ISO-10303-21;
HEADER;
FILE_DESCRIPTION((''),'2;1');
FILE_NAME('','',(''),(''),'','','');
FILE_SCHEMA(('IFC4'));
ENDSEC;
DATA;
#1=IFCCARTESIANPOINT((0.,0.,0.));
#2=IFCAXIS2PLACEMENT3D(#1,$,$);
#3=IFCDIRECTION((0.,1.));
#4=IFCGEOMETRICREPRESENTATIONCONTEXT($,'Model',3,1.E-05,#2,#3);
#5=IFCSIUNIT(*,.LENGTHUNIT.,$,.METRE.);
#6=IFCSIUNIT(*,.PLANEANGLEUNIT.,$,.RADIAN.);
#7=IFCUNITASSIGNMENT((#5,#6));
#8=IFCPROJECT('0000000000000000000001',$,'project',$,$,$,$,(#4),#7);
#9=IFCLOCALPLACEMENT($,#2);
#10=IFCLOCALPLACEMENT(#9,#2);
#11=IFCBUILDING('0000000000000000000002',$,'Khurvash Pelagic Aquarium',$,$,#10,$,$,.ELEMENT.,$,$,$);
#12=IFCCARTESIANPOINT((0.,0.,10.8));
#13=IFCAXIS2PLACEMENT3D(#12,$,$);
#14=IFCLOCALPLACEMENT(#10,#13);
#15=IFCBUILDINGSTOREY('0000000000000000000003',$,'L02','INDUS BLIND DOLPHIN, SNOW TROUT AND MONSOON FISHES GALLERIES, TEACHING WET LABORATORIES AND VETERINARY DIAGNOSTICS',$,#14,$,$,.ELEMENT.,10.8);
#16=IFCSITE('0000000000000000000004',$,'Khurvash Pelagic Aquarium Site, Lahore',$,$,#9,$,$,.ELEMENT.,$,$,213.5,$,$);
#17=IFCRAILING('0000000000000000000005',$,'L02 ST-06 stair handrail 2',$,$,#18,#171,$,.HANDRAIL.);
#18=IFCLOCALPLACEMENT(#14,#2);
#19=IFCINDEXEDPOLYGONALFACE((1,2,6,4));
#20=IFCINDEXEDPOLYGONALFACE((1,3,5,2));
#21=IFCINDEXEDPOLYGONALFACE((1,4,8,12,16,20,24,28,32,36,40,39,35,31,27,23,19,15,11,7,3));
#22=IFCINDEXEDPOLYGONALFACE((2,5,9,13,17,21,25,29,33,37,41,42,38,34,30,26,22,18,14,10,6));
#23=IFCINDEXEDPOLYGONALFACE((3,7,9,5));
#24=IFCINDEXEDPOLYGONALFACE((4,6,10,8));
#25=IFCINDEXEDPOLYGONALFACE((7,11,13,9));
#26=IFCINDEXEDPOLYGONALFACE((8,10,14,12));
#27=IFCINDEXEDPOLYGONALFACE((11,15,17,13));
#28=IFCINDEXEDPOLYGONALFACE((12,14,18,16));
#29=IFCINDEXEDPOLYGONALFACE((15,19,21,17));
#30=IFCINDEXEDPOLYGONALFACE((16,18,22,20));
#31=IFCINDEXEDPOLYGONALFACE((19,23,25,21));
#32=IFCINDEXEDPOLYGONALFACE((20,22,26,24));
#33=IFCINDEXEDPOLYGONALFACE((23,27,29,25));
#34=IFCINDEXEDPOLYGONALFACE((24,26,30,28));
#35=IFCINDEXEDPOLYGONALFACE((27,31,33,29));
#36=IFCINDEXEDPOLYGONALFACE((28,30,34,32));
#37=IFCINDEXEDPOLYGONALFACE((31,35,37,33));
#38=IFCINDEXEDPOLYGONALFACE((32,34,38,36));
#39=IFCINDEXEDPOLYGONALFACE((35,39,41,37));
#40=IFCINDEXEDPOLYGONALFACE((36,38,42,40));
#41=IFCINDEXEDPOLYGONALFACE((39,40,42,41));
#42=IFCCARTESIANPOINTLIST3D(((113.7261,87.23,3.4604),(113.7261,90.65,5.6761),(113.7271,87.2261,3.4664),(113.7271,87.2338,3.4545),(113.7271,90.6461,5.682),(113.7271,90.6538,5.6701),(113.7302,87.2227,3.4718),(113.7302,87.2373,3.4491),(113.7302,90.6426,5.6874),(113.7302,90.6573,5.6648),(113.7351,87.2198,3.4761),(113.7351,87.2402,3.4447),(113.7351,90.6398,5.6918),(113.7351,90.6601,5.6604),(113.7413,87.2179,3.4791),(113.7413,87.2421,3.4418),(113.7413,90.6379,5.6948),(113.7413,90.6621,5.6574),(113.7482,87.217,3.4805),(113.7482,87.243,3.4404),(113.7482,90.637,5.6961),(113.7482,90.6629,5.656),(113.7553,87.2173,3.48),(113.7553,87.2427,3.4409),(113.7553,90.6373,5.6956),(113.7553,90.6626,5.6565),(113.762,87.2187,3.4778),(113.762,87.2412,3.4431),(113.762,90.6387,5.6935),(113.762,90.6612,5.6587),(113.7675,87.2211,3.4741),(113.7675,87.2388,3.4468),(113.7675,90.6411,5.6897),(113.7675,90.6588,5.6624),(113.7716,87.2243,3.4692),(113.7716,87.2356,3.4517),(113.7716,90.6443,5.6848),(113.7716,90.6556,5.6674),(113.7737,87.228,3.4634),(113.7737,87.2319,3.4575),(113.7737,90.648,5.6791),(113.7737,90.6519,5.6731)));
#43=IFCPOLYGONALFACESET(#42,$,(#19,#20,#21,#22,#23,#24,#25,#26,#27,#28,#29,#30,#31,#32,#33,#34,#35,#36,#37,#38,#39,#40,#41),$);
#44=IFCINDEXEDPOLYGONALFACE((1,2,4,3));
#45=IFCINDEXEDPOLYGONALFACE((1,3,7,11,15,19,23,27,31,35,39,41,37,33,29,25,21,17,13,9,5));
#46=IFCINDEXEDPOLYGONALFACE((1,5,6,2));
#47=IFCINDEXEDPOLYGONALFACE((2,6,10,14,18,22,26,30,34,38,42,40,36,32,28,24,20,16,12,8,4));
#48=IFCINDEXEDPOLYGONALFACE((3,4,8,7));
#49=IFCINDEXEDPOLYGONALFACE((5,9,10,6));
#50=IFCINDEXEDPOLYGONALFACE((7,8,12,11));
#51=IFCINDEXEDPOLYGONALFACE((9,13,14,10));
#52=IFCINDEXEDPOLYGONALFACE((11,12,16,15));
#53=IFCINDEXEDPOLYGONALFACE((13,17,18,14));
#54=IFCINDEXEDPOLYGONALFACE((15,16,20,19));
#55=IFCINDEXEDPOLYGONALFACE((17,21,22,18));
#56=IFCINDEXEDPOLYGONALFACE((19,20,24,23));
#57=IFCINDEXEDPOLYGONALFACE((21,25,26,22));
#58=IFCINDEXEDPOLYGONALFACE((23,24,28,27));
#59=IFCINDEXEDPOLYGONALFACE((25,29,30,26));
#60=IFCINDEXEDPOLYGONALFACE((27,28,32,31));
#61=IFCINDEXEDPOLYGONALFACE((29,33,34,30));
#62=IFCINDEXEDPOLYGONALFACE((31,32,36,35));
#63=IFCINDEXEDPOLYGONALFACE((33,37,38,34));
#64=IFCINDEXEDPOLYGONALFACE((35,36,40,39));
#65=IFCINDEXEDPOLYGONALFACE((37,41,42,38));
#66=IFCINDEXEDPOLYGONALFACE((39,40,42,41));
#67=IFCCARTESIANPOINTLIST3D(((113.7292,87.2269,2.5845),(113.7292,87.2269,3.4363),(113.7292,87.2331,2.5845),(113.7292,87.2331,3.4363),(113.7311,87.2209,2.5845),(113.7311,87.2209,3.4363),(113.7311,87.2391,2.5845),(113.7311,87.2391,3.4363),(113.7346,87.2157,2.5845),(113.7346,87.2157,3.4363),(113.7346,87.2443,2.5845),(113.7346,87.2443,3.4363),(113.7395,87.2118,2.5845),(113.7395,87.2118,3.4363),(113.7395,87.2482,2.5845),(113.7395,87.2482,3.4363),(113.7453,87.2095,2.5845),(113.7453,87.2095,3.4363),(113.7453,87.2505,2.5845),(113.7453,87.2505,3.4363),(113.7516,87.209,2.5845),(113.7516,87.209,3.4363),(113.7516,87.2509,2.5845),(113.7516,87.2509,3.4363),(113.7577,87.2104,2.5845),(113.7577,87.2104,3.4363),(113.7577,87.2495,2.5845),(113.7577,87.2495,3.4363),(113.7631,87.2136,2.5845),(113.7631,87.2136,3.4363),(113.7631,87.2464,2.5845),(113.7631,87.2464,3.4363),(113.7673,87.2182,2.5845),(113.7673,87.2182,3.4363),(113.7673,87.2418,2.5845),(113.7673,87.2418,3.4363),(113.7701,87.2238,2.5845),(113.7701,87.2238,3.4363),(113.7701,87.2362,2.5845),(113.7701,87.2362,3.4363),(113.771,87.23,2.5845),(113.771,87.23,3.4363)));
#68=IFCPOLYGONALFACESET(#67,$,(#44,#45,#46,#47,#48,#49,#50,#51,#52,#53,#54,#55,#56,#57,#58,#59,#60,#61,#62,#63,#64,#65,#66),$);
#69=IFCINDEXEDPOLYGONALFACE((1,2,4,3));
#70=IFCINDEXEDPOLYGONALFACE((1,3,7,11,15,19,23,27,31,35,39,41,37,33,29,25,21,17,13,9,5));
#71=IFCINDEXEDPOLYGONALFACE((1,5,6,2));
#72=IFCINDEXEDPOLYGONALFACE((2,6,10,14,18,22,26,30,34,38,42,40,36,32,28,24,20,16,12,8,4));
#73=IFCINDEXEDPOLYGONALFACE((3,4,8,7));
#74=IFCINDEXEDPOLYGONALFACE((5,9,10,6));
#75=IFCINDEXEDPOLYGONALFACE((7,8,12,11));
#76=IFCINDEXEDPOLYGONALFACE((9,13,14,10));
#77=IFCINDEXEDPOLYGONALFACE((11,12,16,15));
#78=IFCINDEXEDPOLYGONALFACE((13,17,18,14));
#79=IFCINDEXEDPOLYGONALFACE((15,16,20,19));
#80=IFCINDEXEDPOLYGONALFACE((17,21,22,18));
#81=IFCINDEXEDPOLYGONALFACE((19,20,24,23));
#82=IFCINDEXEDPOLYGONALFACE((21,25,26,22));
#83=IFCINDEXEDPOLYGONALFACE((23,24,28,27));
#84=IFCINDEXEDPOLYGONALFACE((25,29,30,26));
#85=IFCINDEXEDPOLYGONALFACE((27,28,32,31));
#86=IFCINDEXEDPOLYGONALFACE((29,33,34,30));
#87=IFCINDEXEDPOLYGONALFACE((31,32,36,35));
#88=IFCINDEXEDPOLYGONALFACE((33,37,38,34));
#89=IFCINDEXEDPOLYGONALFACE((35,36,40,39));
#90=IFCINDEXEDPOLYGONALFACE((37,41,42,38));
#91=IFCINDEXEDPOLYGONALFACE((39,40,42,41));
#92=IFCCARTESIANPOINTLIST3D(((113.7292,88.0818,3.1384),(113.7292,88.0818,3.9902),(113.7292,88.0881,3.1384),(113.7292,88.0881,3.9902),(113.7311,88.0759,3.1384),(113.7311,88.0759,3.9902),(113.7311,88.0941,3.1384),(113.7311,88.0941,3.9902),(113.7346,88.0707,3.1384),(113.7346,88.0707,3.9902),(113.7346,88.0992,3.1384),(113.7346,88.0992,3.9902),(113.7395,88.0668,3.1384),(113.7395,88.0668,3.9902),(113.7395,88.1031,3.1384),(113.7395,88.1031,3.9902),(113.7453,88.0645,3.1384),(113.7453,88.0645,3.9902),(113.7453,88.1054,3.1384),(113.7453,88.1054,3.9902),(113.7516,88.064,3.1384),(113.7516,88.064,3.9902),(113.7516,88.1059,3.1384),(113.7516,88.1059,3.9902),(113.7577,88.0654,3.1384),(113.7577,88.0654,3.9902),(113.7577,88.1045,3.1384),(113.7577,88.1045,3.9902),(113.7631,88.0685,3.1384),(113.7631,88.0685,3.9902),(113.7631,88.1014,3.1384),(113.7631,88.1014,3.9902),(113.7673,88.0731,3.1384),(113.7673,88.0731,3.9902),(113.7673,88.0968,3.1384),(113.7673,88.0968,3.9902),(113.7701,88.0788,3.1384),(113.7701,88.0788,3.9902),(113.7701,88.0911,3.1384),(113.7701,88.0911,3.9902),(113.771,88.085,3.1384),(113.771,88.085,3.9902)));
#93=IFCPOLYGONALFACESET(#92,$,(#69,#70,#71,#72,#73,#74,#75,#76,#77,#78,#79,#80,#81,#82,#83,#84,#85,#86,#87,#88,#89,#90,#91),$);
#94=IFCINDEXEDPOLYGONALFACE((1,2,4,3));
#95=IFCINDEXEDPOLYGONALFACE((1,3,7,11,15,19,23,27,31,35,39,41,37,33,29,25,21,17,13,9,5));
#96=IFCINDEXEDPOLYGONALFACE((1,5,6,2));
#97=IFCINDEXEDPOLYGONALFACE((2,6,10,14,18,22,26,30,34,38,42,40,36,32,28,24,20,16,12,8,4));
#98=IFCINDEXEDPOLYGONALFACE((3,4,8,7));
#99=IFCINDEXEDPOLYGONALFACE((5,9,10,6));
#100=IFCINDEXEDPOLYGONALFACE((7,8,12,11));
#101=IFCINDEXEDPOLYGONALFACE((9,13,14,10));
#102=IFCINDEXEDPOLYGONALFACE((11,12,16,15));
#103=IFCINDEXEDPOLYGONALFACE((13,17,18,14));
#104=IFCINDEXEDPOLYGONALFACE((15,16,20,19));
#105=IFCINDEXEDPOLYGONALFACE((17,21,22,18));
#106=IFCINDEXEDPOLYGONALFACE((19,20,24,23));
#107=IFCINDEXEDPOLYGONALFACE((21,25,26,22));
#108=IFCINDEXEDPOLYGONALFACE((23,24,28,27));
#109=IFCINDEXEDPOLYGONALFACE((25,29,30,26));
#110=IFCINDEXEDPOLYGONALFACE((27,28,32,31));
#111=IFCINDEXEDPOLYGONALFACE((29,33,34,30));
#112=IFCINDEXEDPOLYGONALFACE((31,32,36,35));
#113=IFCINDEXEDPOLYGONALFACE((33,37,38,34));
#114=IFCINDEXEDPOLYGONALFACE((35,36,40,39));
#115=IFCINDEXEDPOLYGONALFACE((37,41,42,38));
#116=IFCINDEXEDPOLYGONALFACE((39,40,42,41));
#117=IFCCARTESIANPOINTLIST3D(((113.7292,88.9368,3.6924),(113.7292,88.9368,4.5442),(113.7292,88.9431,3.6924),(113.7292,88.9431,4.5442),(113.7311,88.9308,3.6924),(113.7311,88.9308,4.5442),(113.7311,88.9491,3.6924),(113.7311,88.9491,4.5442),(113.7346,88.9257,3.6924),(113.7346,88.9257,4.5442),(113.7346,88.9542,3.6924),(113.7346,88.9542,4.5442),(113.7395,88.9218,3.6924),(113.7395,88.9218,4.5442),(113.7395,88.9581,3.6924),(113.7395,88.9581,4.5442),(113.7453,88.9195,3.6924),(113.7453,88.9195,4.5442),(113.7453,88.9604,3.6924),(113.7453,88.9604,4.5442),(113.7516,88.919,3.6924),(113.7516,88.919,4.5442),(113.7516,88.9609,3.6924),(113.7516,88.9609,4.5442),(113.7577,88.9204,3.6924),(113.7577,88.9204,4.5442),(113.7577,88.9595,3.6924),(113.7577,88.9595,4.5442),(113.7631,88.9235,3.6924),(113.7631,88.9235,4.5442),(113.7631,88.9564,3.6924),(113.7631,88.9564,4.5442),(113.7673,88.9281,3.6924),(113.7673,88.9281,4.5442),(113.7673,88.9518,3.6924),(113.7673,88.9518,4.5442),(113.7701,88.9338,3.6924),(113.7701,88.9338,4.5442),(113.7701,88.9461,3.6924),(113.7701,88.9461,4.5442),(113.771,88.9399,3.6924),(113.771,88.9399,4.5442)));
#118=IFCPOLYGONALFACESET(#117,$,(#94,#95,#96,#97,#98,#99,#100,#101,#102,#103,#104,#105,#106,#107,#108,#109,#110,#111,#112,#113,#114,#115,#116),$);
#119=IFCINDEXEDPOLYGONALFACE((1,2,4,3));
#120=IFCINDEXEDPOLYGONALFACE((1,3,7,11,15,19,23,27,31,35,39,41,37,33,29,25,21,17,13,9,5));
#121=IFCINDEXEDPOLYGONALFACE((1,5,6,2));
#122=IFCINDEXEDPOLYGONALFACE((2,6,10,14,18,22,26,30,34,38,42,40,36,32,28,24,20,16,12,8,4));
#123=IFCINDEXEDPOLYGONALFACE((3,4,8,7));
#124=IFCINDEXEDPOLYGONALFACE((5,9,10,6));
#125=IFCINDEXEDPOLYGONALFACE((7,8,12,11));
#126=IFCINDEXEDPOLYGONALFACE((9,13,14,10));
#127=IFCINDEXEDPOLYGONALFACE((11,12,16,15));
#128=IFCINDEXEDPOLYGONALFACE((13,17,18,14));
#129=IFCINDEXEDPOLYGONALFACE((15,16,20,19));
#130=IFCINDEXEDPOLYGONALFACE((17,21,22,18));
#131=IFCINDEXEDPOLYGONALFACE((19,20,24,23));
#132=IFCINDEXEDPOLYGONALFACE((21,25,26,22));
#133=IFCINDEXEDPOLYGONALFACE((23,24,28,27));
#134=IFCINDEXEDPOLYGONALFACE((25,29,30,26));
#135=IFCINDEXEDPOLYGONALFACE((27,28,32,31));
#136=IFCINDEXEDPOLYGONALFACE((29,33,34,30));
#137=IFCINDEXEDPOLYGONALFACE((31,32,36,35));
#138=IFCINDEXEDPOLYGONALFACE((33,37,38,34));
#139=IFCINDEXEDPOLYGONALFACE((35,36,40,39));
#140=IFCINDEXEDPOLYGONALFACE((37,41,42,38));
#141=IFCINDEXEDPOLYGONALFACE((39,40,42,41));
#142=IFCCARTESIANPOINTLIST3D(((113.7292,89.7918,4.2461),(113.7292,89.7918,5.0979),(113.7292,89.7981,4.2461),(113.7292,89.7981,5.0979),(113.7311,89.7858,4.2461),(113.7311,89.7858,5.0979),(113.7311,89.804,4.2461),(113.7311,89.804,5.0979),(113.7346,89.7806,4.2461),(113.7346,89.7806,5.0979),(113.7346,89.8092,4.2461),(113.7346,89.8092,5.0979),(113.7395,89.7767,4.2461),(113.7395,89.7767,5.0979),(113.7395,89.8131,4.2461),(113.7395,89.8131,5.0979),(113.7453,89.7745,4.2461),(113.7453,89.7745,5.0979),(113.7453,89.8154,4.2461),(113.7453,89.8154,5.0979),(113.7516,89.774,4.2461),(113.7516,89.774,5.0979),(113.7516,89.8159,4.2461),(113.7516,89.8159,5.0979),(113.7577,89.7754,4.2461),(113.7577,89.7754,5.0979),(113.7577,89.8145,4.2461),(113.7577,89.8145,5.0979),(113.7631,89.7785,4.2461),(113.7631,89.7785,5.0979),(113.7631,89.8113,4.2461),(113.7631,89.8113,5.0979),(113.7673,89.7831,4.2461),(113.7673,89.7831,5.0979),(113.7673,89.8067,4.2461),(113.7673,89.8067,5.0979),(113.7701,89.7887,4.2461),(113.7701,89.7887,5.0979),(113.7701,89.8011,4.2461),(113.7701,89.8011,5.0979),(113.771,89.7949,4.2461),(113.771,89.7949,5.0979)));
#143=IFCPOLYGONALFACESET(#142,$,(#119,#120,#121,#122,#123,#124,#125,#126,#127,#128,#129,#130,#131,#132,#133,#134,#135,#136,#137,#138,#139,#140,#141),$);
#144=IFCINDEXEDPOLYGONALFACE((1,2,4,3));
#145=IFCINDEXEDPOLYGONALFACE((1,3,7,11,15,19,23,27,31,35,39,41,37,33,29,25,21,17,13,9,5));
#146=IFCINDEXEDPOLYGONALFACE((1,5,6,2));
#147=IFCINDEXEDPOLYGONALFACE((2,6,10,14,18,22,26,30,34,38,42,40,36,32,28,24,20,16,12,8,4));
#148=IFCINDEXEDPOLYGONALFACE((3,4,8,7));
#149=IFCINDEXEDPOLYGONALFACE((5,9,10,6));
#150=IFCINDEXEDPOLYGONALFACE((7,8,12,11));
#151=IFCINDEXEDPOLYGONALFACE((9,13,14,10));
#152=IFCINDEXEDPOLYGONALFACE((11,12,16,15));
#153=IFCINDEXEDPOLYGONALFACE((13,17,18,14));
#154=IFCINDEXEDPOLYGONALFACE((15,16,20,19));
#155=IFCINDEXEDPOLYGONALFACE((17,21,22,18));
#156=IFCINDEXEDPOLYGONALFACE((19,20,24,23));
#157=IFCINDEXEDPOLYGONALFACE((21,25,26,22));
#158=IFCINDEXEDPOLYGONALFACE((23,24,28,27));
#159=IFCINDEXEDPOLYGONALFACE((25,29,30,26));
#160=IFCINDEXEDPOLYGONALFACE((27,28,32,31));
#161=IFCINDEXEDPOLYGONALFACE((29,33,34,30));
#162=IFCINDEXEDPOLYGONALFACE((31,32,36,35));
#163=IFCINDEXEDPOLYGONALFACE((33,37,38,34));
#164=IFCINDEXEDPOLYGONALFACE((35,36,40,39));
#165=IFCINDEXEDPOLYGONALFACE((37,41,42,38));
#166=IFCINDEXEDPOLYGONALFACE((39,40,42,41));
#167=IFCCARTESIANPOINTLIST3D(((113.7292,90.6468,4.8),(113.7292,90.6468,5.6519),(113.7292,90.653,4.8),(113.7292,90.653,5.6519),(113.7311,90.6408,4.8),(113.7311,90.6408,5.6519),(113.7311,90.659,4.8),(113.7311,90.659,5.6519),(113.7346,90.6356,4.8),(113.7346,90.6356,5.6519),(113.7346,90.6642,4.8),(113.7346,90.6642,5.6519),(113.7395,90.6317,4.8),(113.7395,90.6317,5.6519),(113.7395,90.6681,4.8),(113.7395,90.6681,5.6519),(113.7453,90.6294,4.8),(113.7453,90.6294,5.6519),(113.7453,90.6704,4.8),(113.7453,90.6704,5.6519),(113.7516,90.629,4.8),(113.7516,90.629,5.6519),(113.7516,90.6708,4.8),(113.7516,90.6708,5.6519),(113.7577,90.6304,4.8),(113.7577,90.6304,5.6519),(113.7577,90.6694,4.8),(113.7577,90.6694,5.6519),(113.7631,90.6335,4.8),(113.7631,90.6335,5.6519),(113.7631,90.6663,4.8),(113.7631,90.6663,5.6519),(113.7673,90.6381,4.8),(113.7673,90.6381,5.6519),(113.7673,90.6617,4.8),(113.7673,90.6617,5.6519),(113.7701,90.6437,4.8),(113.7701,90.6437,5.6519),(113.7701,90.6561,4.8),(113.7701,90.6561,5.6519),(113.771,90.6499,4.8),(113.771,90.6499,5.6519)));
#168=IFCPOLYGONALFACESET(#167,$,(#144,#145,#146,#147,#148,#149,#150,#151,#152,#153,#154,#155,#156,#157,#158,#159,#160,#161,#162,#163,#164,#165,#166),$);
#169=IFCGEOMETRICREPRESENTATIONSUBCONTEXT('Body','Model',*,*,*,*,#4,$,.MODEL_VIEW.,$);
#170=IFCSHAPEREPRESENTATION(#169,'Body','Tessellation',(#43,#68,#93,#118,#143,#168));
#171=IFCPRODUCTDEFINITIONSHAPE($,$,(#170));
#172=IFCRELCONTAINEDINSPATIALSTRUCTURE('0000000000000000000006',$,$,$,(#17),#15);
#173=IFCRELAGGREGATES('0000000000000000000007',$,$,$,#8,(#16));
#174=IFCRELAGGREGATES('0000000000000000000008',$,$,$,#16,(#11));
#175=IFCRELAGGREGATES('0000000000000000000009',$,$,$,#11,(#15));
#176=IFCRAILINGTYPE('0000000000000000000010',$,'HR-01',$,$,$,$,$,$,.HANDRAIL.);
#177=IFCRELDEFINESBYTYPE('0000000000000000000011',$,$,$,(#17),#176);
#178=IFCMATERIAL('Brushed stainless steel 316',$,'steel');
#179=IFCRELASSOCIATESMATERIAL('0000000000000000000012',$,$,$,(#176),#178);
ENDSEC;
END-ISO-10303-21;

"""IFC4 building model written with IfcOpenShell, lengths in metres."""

from ifc_helpers import new_model, si_unit, direction, frame, origin, origin_2d, place, context, subcontext, project, spatial, circle, extrude, material, type_object, element, save


model = new_model("IFC4")

# Units and contexts
model_context = context("Model", 3, precision=1e-05, world=origin(), true_north=direction((0.0, 1.0)))
body_context = subcontext(model_context, "Body", "Model", "MODEL_VIEW")
ifc_project = project(units=[si_unit("LENGTHUNIT", "METRE"), si_unit("PLANEANGLEUNIT", "RADIAN")], contexts=[model_context])

# Site, building, storey
site_placement = place(None, origin())
site = spatial("IfcSite", under=ifc_project, at=site_placement, Name="Khurvash Pelagic Aquarium Site, Lahore", CompositionType="ELEMENT", RefElevation=213.5)
building_placement = place(site_placement, origin())
building = spatial("IfcBuilding", under=site, at=building_placement, Name="Khurvash Pelagic Aquarium", CompositionType="ELEMENT")
storey_placement = place(building_placement, frame((0.0, 0.0, 10.8)))
storey = spatial("IfcBuildingStorey", under=building, at=storey_placement, Name="L02", Description="INDUS BLIND DOLPHIN, SNOW TROUT AND MONSOON FISHES GALLERIES, TEACHING WET LABORATORIES AND VETERINARY DIAGNOSTICS", CompositionType="ELEMENT", Elevation=10.8)

# Railing
ifc_material_1 = material(Name="Brushed stainless steel 316", Category="steel")
railing_type_1 = type_object("IfcRailingType", Name="HR-01", PredefinedType="HANDRAIL", material=ifc_material_1)
railing_1_placement = place(storey_placement, frame((113.75, 87.23, 2.5845)))
element("IfcRailing", 1, at=railing_1_placement, inside=storey, type_object=railing_type_1, Name="L02 ST-06 stair handrail 2", PredefinedType="HANDRAIL", context=body_context, shape_type="SweptSolid", body=[
    extrude(circle(Radius=0.0239, at=origin_2d()), frame((0.0, 0.0, 0.876), z_axis=(0.0, 0.839269, 0.543716), x_axis=(-1.0, 0.0, 0.0)), (0.0, 0.0, 1.0), 4.075),
    extrude(circle(Radius=0.021, at=origin_2d()), origin(), (0.0, 0.0, 1.0), 0.8518),
    extrude(circle(Radius=0.021, at=origin_2d()), frame((0.0, 0.855, 0.554)), (0.0, 0.0, 1.0), 0.8518),
    extrude(circle(Radius=0.021, at=origin_2d()), frame((0.0, 1.71, 1.1079)), (0.0, 0.0, 1.0), 0.8518),
    extrude(circle(Radius=0.021, at=origin_2d()), frame((0.0, 2.5649, 1.6616)), (0.0, 0.0, 1.0), 0.8518),
    extrude(circle(Radius=0.021, at=origin_2d()), frame((0.0, 3.4199, 2.2156)), (0.0, 0.0, 1.0), 0.8518),
])

save(model, "model.ifc")
